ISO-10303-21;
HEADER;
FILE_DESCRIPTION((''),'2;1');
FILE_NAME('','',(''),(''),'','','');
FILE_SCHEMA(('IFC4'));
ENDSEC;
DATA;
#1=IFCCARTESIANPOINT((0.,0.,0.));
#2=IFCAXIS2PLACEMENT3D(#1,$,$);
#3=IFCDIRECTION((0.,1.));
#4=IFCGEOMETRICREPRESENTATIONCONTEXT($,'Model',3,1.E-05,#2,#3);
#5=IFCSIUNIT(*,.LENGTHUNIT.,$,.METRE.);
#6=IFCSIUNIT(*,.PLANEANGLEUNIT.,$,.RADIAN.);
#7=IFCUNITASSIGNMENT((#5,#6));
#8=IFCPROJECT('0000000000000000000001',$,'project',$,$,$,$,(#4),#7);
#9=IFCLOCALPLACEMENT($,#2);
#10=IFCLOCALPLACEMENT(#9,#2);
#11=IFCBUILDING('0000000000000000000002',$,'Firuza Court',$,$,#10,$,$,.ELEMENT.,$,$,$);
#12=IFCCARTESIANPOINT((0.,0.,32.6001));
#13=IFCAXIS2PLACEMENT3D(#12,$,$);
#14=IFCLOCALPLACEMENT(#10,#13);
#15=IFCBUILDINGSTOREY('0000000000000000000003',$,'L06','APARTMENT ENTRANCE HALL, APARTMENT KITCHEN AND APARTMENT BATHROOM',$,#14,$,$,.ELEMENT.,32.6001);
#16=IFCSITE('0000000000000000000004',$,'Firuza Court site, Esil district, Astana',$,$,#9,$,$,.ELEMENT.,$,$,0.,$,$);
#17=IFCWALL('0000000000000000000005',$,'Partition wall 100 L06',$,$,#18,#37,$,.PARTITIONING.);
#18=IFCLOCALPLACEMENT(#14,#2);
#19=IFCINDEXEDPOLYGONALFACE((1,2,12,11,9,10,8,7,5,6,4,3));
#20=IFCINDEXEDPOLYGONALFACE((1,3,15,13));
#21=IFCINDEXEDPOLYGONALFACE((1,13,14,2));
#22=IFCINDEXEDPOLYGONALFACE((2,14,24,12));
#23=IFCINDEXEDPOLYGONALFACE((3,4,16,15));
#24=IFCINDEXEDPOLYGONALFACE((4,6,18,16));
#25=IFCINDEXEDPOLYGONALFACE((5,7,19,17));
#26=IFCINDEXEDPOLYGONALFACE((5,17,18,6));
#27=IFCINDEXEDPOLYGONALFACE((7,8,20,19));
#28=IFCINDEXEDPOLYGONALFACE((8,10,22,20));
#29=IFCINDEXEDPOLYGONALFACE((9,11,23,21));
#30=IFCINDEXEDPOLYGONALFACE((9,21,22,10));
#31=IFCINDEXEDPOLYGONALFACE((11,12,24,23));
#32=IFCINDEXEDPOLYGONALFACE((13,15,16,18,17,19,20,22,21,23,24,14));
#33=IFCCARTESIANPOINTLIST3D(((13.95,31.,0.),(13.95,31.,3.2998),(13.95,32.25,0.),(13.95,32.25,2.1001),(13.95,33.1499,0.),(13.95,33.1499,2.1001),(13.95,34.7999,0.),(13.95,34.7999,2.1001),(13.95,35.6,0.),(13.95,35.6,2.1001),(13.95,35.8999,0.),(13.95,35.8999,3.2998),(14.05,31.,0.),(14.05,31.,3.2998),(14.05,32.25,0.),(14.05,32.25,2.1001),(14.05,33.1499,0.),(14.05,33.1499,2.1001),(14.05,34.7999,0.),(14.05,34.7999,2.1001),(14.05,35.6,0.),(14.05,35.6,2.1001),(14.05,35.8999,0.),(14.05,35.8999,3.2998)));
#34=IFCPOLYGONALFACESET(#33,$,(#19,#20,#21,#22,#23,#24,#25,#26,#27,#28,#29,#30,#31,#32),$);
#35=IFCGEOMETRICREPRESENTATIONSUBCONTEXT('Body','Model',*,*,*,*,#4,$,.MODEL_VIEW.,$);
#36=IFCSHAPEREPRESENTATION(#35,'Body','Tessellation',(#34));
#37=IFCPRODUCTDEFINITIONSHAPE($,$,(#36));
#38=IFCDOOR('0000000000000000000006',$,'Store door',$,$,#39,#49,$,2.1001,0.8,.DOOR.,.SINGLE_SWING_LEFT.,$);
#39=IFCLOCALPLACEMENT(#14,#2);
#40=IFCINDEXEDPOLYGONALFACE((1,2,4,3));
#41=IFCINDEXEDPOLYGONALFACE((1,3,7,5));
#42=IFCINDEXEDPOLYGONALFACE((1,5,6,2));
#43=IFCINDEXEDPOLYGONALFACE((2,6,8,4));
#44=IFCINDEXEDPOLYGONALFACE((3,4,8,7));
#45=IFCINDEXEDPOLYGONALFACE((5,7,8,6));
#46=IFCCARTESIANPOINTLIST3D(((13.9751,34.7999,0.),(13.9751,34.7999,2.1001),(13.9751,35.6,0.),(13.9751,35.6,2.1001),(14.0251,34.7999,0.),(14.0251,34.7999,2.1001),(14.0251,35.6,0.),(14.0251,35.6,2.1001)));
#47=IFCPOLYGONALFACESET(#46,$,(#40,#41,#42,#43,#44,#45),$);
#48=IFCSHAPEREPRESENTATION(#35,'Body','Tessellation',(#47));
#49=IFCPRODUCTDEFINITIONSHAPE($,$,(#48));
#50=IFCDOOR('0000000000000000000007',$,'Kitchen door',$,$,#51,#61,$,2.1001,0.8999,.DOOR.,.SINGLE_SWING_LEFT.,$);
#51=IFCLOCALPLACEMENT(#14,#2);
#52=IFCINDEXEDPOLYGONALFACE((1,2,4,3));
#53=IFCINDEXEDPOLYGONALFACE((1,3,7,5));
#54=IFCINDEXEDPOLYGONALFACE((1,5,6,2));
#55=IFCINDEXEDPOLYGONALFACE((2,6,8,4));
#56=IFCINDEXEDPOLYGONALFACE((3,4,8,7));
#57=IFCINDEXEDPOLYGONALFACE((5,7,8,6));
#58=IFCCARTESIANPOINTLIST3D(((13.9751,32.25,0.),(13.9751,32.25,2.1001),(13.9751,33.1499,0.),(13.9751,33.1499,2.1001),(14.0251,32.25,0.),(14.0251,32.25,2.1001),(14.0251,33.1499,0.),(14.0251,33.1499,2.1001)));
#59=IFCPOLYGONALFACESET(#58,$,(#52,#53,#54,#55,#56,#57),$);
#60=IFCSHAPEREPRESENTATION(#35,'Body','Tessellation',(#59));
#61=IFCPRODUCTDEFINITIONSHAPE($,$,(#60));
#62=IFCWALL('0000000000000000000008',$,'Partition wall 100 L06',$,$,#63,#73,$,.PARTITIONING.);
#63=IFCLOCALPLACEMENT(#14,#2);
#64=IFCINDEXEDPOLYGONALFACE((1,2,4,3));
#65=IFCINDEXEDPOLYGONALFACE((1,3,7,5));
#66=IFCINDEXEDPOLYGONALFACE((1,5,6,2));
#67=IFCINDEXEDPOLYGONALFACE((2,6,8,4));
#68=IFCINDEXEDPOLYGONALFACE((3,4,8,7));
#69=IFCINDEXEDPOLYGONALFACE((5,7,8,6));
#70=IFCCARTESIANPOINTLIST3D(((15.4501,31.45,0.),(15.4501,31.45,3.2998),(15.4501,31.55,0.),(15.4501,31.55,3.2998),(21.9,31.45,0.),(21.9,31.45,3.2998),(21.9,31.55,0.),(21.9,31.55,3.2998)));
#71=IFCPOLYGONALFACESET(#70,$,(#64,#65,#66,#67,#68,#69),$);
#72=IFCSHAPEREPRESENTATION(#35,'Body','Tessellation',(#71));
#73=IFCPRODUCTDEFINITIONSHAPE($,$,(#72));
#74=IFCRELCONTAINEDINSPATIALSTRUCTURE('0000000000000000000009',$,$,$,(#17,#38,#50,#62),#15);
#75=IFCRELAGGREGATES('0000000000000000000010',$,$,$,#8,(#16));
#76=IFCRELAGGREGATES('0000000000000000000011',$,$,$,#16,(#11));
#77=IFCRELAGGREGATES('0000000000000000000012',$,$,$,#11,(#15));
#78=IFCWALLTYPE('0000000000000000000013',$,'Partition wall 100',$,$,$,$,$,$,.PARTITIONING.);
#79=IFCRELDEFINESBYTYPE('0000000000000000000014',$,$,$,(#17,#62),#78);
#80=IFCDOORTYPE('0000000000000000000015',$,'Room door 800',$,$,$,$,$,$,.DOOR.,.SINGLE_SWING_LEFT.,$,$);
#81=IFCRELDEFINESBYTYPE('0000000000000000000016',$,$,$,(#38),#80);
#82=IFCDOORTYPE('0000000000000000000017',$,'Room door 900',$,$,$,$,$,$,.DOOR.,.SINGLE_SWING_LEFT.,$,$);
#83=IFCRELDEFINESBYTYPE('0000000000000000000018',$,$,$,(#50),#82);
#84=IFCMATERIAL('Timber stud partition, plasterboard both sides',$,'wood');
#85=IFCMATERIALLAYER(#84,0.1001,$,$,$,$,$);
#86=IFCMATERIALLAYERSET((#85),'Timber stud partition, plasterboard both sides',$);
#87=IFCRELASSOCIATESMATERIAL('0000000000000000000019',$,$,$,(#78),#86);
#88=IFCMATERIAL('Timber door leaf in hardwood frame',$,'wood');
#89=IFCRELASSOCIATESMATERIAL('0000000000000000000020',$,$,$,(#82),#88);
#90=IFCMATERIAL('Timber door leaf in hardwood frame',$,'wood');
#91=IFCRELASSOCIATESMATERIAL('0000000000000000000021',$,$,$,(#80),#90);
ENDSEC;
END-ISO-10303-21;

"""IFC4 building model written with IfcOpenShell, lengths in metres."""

from ifc_helpers import new_model, si_unit, direction, frame, frame_2d, origin, place, context, subcontext, project, spatial, rectangle, extrude, material, layer, layer_set, type_object, element, fill, save


model = new_model("IFC4")

# Units and contexts
model_context = context("Model", 3, precision=1e-05, world=origin(), true_north=direction((0.0, 1.0)))
body_context = subcontext(model_context, "Body", "Model", "MODEL_VIEW")
ifc_project = project(units=[si_unit("LENGTHUNIT", "METRE"), si_unit("PLANEANGLEUNIT", "RADIAN")], contexts=[model_context])

# Site, building, storey
site_placement = place(None, origin())
site = spatial("IfcSite", under=ifc_project, at=site_placement, Name="Firuza Court site, Esil district, Astana", CompositionType="ELEMENT", RefElevation=0.0)
building_placement = place(site_placement, origin())
building = spatial("IfcBuilding", under=site, at=building_placement, Name="Firuza Court", CompositionType="ELEMENT")
storey_placement = place(building_placement, frame((0.0, 0.0, 32.6001)))
storey = spatial("IfcBuildingStorey", under=building, at=storey_placement, Name="L06", Description="APARTMENT ENTRANCE HALL, APARTMENT KITCHEN AND APARTMENT BATHROOM", CompositionType="ELEMENT", Elevation=32.6001)

# Shared definitions
ifc_material_1 = material(Name="Timber stud partition, plasterboard both sides", Category="wood")
ifc_layer = layer(ifc_material_1, 0.1001)
ifc_layer_set = layer_set([ifc_layer], Name="Timber stud partition, plasterboard both sides")
wall_type = type_object("IfcWallType", Name="Partition wall 100", PredefinedType="PARTITIONING", material=ifc_layer_set)

# Wall, openings, doors
ifc_material_2 = material(Name="Timber door leaf in hardwood frame", Category="wood")
door_type_1 = type_object("IfcDoorType", Name="Room door 900", OperationType="SINGLE_SWING_LEFT", PredefinedType="DOOR", material=ifc_material_2)
wall_1_placement = place(storey_placement, frame((14.0, 31.0, 0.0), z_axis=(0.0, 0.0, 1.0), x_axis=(0.0, 1.0, 0.0)))
wall_1 = element("IfcWall", 1, at=wall_1_placement, inside=storey, type_object=wall_type, Name="Partition wall 100 L06", PredefinedType="PARTITIONING", context=body_context, shape_type="SweptSolid", body=[
    extrude(rectangle(XDim=4.8999, YDim=0.1001, at=frame_2d((2.45, 0.0))), origin(), (0.0, 0.0, 1.0), 3.2998),
])
opening_1_placement = place(wall_1_placement, frame((1.25, 0.0, 0.0)))
opening_1 = element("IfcOpeningElement", 2, at=opening_1_placement, cuts=wall_1, PredefinedType="OPENING", context=body_context, shape_type="SweptSolid", body=[
    extrude(rectangle(XDim=0.8999, YDim=2.1001, at=frame_2d((0.45, 1.05))), frame((0.0, 0.062, 0.0), z_axis=(0.0, -1.0, 0.0), x_axis=(1.0, 0.0, 0.0)), (0.0, 0.0, 1.0), 0.124),
])
opening_2_placement = place(wall_1_placement, frame((3.8, 0.0, 0.0)))
opening_2 = element("IfcOpeningElement", 3, at=opening_2_placement, cuts=wall_1, PredefinedType="OPENING", context=body_context, shape_type="SweptSolid", body=[
    extrude(rectangle(XDim=0.8, YDim=2.1001, at=frame_2d((0.3999, 1.05))), frame((0.0, 0.062, 0.0), z_axis=(0.0, -1.0, 0.0), x_axis=(1.0, 0.0, 0.0)), (0.0, 0.0, 1.0), 0.124),
])
ifc_material_3 = material(Name="Timber door leaf in hardwood frame", Category="wood")
door_type_2 = type_object("IfcDoorType", Name="Room door 800", OperationType="SINGLE_SWING_LEFT", PredefinedType="DOOR", material=ifc_material_3)
door_1_placement = place(opening_2_placement, origin())
door_1 = element("IfcDoor", 4, at=door_1_placement, inside=storey, type_object=door_type_2, Name="Store door", OperationType="SINGLE_SWING_LEFT", OverallHeight=2.1001, OverallWidth=0.8, PredefinedType="DOOR", context=body_context, shape_type="SweptSolid", body=[
    extrude(rectangle(XDim=0.8, YDim=2.1001, at=frame_2d((0.3999, 1.05))), frame((0.0, 0.0249, 0.0), z_axis=(0.0, -1.0, 0.0), x_axis=(1.0, 0.0, 0.0)), (0.0, 0.0, 1.0), 0.05),
])
fill(opening_2, door_1)
door_2_placement = place(opening_1_placement, origin())
door_2 = element("IfcDoor", 5, at=door_2_placement, inside=storey, type_object=door_type_1, Name="Kitchen door", OperationType="SINGLE_SWING_LEFT", OverallHeight=2.1001, OverallWidth=0.8999, PredefinedType="DOOR", context=body_context, shape_type="SweptSolid", body=[
    extrude(rectangle(XDim=0.8999, YDim=2.1001, at=frame_2d((0.45, 1.05))), frame((0.0, 0.0249, 0.0), z_axis=(0.0, -1.0, 0.0), x_axis=(1.0, 0.0, 0.0)), (0.0, 0.0, 1.0), 0.05),
])
fill(opening_1, door_2)

# Wall
wall_2_placement = place(storey_placement, frame((15.45, 31.5, 0.0), z_axis=(0.0, 0.0, 1.0), x_axis=(1.0, 0.0, 0.0)))
element("IfcWall", 6, at=wall_2_placement, inside=storey, type_object=wall_type, Name="Partition wall 100 L06", PredefinedType="PARTITIONING", context=body_context, shape_type="SweptSolid", body=[
    extrude(rectangle(XDim=6.45, YDim=0.1001, at=frame_2d((3.2251, 0.0))), origin(), (0.0, 0.0, 1.0), 3.2998),
])

save(model, "model.ifc")
